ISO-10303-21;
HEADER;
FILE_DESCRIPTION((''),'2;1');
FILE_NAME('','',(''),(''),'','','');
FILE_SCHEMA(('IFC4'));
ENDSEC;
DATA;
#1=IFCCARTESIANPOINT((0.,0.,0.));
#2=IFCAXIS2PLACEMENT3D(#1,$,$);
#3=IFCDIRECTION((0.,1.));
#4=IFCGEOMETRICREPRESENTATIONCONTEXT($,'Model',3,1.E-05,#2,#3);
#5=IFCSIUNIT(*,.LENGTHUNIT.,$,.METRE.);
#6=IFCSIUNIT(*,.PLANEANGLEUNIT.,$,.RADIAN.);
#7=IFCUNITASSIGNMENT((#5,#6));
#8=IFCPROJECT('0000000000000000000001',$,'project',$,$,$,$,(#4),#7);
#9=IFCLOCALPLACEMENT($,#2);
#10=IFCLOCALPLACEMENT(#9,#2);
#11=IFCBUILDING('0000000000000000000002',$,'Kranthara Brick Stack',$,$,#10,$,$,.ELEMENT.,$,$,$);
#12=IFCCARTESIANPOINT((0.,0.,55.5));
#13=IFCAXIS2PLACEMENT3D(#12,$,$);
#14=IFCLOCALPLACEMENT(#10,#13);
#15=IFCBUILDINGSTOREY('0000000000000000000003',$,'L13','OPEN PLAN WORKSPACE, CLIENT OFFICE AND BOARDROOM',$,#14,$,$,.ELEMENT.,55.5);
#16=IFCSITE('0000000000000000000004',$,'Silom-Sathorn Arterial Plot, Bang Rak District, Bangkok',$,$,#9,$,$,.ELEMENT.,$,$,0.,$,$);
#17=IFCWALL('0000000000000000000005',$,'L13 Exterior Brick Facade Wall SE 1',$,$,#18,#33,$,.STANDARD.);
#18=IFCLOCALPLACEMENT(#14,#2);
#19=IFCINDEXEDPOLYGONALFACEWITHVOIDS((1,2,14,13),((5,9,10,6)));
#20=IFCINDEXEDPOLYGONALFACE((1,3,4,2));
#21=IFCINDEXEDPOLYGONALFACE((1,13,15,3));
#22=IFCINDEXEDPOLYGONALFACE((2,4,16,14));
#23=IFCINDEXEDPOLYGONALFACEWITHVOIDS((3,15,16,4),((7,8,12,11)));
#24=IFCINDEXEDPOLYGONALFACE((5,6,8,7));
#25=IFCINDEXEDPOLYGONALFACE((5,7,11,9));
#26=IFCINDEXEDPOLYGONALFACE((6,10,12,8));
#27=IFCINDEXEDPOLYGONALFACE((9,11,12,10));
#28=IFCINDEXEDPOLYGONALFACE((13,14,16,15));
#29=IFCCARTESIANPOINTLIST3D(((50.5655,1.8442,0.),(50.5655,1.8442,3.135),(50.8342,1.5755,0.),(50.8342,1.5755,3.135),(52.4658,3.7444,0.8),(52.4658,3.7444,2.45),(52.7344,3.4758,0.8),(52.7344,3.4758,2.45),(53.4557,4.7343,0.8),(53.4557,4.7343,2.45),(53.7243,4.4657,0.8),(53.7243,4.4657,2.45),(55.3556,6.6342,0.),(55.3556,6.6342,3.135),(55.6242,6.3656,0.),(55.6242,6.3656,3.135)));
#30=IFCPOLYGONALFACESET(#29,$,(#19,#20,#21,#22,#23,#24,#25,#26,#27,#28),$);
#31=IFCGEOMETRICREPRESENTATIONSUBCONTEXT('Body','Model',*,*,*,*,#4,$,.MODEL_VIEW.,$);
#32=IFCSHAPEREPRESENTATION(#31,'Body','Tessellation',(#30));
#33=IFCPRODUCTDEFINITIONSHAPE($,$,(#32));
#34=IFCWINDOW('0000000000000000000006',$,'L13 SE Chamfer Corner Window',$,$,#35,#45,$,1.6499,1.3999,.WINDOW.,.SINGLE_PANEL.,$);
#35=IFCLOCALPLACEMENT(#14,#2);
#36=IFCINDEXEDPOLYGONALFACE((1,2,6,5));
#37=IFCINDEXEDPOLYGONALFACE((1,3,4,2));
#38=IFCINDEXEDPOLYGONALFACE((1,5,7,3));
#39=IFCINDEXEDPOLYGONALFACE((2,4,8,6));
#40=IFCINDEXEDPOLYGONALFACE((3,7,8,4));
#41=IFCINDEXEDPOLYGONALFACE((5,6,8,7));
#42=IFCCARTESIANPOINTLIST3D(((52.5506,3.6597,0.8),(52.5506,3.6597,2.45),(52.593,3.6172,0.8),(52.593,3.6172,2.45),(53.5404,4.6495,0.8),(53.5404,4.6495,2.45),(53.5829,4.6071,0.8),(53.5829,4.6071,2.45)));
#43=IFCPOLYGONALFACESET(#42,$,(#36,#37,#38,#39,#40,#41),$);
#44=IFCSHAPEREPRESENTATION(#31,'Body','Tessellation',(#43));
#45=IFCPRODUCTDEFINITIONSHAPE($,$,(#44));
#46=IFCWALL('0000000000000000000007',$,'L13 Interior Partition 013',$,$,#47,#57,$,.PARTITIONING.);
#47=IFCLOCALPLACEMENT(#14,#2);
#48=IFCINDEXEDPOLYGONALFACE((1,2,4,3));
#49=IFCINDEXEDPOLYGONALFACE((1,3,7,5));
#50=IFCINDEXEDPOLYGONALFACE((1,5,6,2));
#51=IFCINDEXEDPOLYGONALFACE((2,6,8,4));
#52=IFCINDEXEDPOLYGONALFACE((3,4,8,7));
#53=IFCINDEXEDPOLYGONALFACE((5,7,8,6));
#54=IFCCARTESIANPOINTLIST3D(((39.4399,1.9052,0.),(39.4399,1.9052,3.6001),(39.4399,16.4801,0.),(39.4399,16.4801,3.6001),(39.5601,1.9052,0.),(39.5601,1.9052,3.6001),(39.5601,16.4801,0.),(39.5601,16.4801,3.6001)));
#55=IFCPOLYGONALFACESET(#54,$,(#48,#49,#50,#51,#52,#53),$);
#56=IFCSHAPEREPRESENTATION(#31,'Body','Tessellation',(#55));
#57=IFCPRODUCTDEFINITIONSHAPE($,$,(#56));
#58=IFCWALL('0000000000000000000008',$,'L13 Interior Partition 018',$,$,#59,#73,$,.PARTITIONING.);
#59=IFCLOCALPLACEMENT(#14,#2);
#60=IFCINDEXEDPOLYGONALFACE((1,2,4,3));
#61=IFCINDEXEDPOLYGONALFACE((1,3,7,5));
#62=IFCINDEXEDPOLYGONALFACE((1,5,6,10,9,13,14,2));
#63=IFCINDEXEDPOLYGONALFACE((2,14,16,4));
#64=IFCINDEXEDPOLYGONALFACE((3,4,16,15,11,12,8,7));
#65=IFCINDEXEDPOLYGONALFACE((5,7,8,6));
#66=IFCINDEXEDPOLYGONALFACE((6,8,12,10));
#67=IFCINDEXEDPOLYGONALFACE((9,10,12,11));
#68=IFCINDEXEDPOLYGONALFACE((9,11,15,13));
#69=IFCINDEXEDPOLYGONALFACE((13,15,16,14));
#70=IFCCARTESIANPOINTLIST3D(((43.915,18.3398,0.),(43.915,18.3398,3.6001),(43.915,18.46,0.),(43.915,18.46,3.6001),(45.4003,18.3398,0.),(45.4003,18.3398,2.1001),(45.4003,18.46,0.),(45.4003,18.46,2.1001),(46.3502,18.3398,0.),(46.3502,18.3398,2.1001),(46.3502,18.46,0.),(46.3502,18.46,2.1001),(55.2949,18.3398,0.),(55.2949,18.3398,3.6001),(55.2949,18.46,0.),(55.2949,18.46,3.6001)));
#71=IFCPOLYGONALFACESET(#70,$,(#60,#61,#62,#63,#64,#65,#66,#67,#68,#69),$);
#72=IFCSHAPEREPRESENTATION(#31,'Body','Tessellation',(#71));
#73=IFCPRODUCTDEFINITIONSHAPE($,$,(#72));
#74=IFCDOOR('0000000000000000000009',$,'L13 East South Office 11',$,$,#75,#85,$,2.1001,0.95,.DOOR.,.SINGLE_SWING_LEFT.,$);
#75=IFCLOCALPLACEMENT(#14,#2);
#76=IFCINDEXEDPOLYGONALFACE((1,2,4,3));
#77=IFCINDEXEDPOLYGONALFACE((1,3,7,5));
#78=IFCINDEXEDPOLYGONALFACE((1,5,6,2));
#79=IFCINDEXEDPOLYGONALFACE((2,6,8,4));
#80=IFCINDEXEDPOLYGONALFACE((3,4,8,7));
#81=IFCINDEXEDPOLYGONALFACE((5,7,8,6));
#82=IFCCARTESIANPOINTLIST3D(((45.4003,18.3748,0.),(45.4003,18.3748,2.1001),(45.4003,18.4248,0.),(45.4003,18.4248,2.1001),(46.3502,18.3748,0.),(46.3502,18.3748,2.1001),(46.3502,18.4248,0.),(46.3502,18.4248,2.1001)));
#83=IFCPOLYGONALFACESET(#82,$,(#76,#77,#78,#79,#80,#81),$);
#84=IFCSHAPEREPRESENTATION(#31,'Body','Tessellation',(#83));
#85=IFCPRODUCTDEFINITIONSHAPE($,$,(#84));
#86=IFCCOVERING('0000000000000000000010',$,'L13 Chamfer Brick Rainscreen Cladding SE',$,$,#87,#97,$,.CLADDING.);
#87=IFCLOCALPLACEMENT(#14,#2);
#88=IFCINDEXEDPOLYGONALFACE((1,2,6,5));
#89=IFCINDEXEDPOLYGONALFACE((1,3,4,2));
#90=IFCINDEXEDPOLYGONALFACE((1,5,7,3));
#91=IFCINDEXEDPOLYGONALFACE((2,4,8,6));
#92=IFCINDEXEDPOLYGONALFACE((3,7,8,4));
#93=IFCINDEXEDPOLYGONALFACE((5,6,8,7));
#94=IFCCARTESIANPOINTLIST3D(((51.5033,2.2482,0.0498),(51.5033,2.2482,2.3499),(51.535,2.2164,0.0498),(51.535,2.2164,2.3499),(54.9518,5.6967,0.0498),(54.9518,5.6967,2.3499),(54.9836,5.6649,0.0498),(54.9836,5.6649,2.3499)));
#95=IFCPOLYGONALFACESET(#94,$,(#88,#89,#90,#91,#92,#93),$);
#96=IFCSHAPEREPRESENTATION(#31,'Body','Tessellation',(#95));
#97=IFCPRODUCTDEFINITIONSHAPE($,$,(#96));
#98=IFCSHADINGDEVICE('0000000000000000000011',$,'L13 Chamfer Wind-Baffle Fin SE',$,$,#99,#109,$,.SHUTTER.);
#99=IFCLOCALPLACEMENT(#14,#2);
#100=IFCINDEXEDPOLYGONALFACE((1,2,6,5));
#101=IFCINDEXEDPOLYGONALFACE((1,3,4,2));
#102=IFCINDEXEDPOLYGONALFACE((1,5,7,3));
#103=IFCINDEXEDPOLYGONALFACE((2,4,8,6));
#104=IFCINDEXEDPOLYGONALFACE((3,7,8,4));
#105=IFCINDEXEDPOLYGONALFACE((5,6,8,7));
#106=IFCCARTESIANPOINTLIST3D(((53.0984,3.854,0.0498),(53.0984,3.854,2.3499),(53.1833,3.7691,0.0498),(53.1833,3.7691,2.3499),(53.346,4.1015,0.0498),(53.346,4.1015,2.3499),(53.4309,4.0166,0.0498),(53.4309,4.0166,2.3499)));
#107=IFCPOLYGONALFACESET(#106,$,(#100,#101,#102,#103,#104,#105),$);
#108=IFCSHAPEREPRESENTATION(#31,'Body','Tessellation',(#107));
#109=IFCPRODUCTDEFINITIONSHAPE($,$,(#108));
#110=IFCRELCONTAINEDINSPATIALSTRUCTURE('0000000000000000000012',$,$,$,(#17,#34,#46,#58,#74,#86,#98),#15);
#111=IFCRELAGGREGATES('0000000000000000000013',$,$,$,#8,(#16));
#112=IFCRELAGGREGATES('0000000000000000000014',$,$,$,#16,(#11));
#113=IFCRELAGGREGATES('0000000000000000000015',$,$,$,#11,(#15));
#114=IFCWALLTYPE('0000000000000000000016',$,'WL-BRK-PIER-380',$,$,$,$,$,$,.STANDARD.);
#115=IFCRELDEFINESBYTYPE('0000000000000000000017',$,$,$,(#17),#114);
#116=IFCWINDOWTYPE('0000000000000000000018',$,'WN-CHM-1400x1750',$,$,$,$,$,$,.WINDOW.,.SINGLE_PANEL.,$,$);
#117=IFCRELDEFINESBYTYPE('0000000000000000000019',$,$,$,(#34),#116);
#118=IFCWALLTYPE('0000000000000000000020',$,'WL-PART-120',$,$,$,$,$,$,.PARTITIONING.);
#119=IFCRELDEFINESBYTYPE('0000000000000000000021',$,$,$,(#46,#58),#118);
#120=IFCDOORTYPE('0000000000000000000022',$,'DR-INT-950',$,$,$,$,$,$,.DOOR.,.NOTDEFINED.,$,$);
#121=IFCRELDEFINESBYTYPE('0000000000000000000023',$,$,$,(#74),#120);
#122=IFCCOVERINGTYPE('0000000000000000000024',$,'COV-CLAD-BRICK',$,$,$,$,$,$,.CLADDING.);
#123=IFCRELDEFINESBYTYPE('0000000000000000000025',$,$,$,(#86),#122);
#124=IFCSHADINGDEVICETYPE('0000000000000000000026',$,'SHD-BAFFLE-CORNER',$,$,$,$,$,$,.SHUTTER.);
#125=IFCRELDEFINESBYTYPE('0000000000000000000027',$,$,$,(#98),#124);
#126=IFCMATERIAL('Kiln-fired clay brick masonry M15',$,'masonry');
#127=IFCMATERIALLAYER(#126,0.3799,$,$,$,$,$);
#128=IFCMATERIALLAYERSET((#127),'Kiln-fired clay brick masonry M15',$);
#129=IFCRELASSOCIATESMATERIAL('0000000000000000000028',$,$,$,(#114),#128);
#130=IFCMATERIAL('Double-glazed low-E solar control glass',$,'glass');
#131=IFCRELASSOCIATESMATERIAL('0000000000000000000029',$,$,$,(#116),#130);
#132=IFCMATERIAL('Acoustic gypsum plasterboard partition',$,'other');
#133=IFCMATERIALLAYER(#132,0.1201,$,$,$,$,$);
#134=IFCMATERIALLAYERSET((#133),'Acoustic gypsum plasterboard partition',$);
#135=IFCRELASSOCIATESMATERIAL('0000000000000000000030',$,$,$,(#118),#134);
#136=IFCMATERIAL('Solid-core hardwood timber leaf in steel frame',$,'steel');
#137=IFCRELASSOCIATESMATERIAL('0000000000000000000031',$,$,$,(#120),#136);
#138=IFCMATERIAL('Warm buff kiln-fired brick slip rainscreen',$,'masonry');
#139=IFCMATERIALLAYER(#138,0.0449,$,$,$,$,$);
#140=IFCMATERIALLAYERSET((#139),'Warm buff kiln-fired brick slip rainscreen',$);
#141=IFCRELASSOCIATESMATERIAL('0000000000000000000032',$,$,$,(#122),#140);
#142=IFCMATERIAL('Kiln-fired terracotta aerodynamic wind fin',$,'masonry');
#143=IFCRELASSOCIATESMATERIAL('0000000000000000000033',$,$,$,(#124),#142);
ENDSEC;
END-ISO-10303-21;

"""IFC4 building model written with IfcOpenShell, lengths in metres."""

from ifc_helpers import new_model, si_unit, direction, frame, frame_2d, origin, origin_2d, place, context, subcontext, project, spatial, rectangle, extrude, material, layer, layer_set, type_object, element, fill, save


model = new_model("IFC4")

# Units and contexts
model_context = context("Model", 3, precision=1e-05, world=origin(), true_north=direction((0.0, 1.0)))
body_context = subcontext(model_context, "Body", "Model", "MODEL_VIEW")
ifc_project = project(units=[si_unit("LENGTHUNIT", "METRE"), si_unit("PLANEANGLEUNIT", "RADIAN")], contexts=[model_context])

# Site, building, storey
site_placement = place(None, origin())
site = spatial("IfcSite", under=ifc_project, at=site_placement, Name="Silom-Sathorn Arterial Plot, Bang Rak District, Bangkok", CompositionType="ELEMENT", RefElevation=0.0)
building_placement = place(site_placement, origin())
building = spatial("IfcBuilding", under=site, at=building_placement, Name="Kranthara Brick Stack", CompositionType="ELEMENT")
storey_placement = place(building_placement, frame((0.0, 0.0, 55.5)))
storey = spatial("IfcBuildingStorey", under=building, at=storey_placement, Name="L13", Description="OPEN PLAN WORKSPACE, CLIENT OFFICE AND BOARDROOM", CompositionType="ELEMENT", Elevation=55.5)

# Shared definitions
ifc_material_1 = material(Name="Kiln-fired clay brick masonry M15", Category="masonry")
ifc_layer_1 = layer(ifc_material_1, 0.3799)
ifc_layer_set_1 = layer_set([ifc_layer_1], Name="Kiln-fired clay brick masonry M15")
wall_type_1 = type_object("IfcWallType", Name="WL-BRK-PIER-380", PredefinedType="STANDARD", material=ifc_layer_set_1)

# Wall, opening, window
wall_1_placement = place(storey_placement, frame((55.49, 6.5, 0.0), z_axis=(0.0, 0.0, 1.0), x_axis=(-0.707107, -0.707107, 0.0)))
wall_1 = element("IfcWall", 1, at=wall_1_placement, inside=storey, type_object=wall_type_1, Name="L13 Exterior Brick Facade Wall SE 1", PredefinedType="STANDARD", context=body_context, shape_type="SweptSolid", body=[
    extrude(rectangle(XDim=6.7742, YDim=0.3799, at=frame_2d((3.3872, 0.0))), origin(), (0.0, 0.0, 1.0), 3.135),
])
opening_1_placement = place(wall_1_placement, frame((2.687, 0.0, 0.8)))
opening_1 = element("IfcOpeningElement", 2, at=opening_1_placement, cuts=wall_1, PredefinedType="OPENING", context=body_context, shape_type="SweptSolid", body=[
    extrude(rectangle(XDim=1.3999, YDim=1.6499, at=frame_2d((0.7, 0.825))), frame((0.0, 0.2, 0.0), z_axis=(0.0, -1.0, 0.0), x_axis=(1.0, 0.0, 0.0)), (0.0, 0.0, 1.0), 0.3999),
])
ifc_material_2 = material(Name="Double-glazed low-E solar control glass", Category="glass")
window_type_1 = type_object("IfcWindowType", Name="WN-CHM-1400x1750", PartitioningType="SINGLE_PANEL", PredefinedType="WINDOW", material=ifc_material_2)
window_1_placement = place(opening_1_placement, origin())
window_1 = element("IfcWindow", 3, at=window_1_placement, inside=storey, type_object=window_type_1, Name="L13 SE Chamfer Corner Window", OverallHeight=1.6499, OverallWidth=1.3999, PartitioningType="SINGLE_PANEL", PredefinedType="WINDOW", context=body_context, shape_type="SweptSolid", body=[
    extrude(rectangle(XDim=1.3999, YDim=1.6499, at=frame_2d((0.7, 0.825))), frame((0.0, -0.01, 0.0), z_axis=(0.0, -1.0, 0.0), x_axis=(1.0, 0.0, 0.0)), (0.0, 0.0, 1.0), 0.0601),
])
fill(opening_1, window_1)

# Wall
ifc_material_3 = material(Name="Acoustic gypsum plasterboard partition", Category="other")
ifc_layer_2 = layer(ifc_material_3, 0.1201)
ifc_layer_set_2 = layer_set([ifc_layer_2], Name="Acoustic gypsum plasterboard partition")
wall_type_2 = type_object("IfcWallType", Name="WL-PART-120", PredefinedType="PARTITIONING", material=ifc_layer_set_2)
wall_2_placement = place(storey_placement, frame((39.5, 1.905, 0.0), z_axis=(0.0, 0.0, 1.0), x_axis=(0.0, 1.0, 0.0)))
element("IfcWall", 4, at=wall_2_placement, inside=storey, type_object=wall_type_2, Name="L13 Interior Partition 013", PredefinedType="PARTITIONING", context=body_context, shape_type="SweptSolid", body=[
    extrude(rectangle(XDim=14.575, YDim=0.1201, at=frame_2d((7.2876, 0.0))), origin(), (0.0, 0.0, 1.0), 3.6001),
])

# Wall, opening, door
wall_3_placement = place(storey_placement, frame((43.915, 18.3999, 0.0), z_axis=(0.0, 0.0, 1.0), x_axis=(1.0, 0.0, 0.0)))
wall_3 = element("IfcWall", 5, at=wall_3_placement, inside=storey, type_object=wall_type_2, Name="L13 Interior Partition 018", PredefinedType="PARTITIONING", context=body_context, shape_type="SweptSolid", body=[
    extrude(rectangle(XDim=11.3799, YDim=0.1201, at=frame_2d((5.6899, 0.0))), origin(), (0.0, 0.0, 1.0), 3.6001),
])
opening_2_placement = place(wall_3_placement, frame((1.4851, 0.0, 0.0)))
opening_2 = element("IfcOpeningElement", 6, at=opening_2_placement, cuts=wall_3, PredefinedType="OPENING", context=body_context, shape_type="SweptSolid", body=[
    extrude(rectangle(XDim=0.95, YDim=2.1001, at=frame_2d((0.4751, 1.05))), frame((0.0, 0.0701, 0.0), z_axis=(0.0, -1.0, 0.0), x_axis=(1.0, 0.0, 0.0)), (0.0, 0.0, 1.0), 0.1401),
])
ifc_material_4 = material(Name="Solid-core hardwood timber leaf in steel frame", Category="steel")
door_type_1 = type_object("IfcDoorType", Name="DR-INT-950", OperationType="NOTDEFINED", PredefinedType="DOOR", material=ifc_material_4)
door_1_placement = place(opening_2_placement, origin())
door_1 = element("IfcDoor", 7, at=door_1_placement, inside=storey, type_object=door_type_1, Name="L13 East South Office 11", OperationType="SINGLE_SWING_LEFT", OverallHeight=2.1001, OverallWidth=0.95, PredefinedType="DOOR", context=body_context, shape_type="SweptSolid", body=[
    extrude(rectangle(XDim=0.95, YDim=2.1001, at=frame_2d((0.4751, 1.05))), frame((0.0, 0.0249, 0.0), z_axis=(0.0, -1.0, 0.0), x_axis=(1.0, 0.0, 0.0)), (0.0, 0.0, 1.0), 0.05),
])
fill(opening_2, door_1)

# Covering
ifc_material_5 = material(Name="Warm buff kiln-fired brick slip rainscreen", Category="masonry")
ifc_layer_3 = layer(ifc_material_5, 0.0449)
ifc_layer_set_3 = layer_set([ifc_layer_3], Name="Warm buff kiln-fired brick slip rainscreen")
covering_type = type_object("IfcCoveringType", Name="COV-CLAD-BRICK", PredefinedType="CLADDING", material=ifc_layer_set_3)
covering_placement = place(storey_placement, frame((53.2434, 3.9565, 0.0498), z_axis=(0.0, 0.0, 1.0), x_axis=(-0.707107, -0.707107, 0.0)))
element("IfcCovering", 8, at=covering_placement, inside=storey, type_object=covering_type, Name="L13 Chamfer Brick Rainscreen Cladding SE", PredefinedType="CLADDING", context=body_context, shape_type="SweptSolid", body=[
    extrude(rectangle(XDim=4.877, YDim=0.0449, at=origin_2d()), origin(), (0.0, 0.0, 1.0), 2.3),
])

# Shading device
ifc_material_6 = material(Name="Kiln-fired terracotta aerodynamic wind fin", Category="masonry")
shading_device_type = type_object("IfcShadingDeviceType", Name="SHD-BAFFLE-CORNER", PredefinedType="SHUTTER", material=ifc_material_6)
shading_device_placement = place(storey_placement, frame((53.2646, 3.9353, 0.0498), z_axis=(0.0, 0.0, 1.0), x_axis=(-0.707107, -0.707107, 0.0)))
element("IfcShadingDevice", 9, at=shading_device_placement, inside=storey, type_object=shading_device_type, Name="L13 Chamfer Wind-Baffle Fin SE", PredefinedType="SHUTTER", context=body_context, shape_type="SweptSolid", body=[
    extrude(rectangle(XDim=0.3501, YDim=0.1201, at=origin_2d()), origin(), (0.0, 0.0, 1.0), 2.3),
])

save(model, "model.ifc")
